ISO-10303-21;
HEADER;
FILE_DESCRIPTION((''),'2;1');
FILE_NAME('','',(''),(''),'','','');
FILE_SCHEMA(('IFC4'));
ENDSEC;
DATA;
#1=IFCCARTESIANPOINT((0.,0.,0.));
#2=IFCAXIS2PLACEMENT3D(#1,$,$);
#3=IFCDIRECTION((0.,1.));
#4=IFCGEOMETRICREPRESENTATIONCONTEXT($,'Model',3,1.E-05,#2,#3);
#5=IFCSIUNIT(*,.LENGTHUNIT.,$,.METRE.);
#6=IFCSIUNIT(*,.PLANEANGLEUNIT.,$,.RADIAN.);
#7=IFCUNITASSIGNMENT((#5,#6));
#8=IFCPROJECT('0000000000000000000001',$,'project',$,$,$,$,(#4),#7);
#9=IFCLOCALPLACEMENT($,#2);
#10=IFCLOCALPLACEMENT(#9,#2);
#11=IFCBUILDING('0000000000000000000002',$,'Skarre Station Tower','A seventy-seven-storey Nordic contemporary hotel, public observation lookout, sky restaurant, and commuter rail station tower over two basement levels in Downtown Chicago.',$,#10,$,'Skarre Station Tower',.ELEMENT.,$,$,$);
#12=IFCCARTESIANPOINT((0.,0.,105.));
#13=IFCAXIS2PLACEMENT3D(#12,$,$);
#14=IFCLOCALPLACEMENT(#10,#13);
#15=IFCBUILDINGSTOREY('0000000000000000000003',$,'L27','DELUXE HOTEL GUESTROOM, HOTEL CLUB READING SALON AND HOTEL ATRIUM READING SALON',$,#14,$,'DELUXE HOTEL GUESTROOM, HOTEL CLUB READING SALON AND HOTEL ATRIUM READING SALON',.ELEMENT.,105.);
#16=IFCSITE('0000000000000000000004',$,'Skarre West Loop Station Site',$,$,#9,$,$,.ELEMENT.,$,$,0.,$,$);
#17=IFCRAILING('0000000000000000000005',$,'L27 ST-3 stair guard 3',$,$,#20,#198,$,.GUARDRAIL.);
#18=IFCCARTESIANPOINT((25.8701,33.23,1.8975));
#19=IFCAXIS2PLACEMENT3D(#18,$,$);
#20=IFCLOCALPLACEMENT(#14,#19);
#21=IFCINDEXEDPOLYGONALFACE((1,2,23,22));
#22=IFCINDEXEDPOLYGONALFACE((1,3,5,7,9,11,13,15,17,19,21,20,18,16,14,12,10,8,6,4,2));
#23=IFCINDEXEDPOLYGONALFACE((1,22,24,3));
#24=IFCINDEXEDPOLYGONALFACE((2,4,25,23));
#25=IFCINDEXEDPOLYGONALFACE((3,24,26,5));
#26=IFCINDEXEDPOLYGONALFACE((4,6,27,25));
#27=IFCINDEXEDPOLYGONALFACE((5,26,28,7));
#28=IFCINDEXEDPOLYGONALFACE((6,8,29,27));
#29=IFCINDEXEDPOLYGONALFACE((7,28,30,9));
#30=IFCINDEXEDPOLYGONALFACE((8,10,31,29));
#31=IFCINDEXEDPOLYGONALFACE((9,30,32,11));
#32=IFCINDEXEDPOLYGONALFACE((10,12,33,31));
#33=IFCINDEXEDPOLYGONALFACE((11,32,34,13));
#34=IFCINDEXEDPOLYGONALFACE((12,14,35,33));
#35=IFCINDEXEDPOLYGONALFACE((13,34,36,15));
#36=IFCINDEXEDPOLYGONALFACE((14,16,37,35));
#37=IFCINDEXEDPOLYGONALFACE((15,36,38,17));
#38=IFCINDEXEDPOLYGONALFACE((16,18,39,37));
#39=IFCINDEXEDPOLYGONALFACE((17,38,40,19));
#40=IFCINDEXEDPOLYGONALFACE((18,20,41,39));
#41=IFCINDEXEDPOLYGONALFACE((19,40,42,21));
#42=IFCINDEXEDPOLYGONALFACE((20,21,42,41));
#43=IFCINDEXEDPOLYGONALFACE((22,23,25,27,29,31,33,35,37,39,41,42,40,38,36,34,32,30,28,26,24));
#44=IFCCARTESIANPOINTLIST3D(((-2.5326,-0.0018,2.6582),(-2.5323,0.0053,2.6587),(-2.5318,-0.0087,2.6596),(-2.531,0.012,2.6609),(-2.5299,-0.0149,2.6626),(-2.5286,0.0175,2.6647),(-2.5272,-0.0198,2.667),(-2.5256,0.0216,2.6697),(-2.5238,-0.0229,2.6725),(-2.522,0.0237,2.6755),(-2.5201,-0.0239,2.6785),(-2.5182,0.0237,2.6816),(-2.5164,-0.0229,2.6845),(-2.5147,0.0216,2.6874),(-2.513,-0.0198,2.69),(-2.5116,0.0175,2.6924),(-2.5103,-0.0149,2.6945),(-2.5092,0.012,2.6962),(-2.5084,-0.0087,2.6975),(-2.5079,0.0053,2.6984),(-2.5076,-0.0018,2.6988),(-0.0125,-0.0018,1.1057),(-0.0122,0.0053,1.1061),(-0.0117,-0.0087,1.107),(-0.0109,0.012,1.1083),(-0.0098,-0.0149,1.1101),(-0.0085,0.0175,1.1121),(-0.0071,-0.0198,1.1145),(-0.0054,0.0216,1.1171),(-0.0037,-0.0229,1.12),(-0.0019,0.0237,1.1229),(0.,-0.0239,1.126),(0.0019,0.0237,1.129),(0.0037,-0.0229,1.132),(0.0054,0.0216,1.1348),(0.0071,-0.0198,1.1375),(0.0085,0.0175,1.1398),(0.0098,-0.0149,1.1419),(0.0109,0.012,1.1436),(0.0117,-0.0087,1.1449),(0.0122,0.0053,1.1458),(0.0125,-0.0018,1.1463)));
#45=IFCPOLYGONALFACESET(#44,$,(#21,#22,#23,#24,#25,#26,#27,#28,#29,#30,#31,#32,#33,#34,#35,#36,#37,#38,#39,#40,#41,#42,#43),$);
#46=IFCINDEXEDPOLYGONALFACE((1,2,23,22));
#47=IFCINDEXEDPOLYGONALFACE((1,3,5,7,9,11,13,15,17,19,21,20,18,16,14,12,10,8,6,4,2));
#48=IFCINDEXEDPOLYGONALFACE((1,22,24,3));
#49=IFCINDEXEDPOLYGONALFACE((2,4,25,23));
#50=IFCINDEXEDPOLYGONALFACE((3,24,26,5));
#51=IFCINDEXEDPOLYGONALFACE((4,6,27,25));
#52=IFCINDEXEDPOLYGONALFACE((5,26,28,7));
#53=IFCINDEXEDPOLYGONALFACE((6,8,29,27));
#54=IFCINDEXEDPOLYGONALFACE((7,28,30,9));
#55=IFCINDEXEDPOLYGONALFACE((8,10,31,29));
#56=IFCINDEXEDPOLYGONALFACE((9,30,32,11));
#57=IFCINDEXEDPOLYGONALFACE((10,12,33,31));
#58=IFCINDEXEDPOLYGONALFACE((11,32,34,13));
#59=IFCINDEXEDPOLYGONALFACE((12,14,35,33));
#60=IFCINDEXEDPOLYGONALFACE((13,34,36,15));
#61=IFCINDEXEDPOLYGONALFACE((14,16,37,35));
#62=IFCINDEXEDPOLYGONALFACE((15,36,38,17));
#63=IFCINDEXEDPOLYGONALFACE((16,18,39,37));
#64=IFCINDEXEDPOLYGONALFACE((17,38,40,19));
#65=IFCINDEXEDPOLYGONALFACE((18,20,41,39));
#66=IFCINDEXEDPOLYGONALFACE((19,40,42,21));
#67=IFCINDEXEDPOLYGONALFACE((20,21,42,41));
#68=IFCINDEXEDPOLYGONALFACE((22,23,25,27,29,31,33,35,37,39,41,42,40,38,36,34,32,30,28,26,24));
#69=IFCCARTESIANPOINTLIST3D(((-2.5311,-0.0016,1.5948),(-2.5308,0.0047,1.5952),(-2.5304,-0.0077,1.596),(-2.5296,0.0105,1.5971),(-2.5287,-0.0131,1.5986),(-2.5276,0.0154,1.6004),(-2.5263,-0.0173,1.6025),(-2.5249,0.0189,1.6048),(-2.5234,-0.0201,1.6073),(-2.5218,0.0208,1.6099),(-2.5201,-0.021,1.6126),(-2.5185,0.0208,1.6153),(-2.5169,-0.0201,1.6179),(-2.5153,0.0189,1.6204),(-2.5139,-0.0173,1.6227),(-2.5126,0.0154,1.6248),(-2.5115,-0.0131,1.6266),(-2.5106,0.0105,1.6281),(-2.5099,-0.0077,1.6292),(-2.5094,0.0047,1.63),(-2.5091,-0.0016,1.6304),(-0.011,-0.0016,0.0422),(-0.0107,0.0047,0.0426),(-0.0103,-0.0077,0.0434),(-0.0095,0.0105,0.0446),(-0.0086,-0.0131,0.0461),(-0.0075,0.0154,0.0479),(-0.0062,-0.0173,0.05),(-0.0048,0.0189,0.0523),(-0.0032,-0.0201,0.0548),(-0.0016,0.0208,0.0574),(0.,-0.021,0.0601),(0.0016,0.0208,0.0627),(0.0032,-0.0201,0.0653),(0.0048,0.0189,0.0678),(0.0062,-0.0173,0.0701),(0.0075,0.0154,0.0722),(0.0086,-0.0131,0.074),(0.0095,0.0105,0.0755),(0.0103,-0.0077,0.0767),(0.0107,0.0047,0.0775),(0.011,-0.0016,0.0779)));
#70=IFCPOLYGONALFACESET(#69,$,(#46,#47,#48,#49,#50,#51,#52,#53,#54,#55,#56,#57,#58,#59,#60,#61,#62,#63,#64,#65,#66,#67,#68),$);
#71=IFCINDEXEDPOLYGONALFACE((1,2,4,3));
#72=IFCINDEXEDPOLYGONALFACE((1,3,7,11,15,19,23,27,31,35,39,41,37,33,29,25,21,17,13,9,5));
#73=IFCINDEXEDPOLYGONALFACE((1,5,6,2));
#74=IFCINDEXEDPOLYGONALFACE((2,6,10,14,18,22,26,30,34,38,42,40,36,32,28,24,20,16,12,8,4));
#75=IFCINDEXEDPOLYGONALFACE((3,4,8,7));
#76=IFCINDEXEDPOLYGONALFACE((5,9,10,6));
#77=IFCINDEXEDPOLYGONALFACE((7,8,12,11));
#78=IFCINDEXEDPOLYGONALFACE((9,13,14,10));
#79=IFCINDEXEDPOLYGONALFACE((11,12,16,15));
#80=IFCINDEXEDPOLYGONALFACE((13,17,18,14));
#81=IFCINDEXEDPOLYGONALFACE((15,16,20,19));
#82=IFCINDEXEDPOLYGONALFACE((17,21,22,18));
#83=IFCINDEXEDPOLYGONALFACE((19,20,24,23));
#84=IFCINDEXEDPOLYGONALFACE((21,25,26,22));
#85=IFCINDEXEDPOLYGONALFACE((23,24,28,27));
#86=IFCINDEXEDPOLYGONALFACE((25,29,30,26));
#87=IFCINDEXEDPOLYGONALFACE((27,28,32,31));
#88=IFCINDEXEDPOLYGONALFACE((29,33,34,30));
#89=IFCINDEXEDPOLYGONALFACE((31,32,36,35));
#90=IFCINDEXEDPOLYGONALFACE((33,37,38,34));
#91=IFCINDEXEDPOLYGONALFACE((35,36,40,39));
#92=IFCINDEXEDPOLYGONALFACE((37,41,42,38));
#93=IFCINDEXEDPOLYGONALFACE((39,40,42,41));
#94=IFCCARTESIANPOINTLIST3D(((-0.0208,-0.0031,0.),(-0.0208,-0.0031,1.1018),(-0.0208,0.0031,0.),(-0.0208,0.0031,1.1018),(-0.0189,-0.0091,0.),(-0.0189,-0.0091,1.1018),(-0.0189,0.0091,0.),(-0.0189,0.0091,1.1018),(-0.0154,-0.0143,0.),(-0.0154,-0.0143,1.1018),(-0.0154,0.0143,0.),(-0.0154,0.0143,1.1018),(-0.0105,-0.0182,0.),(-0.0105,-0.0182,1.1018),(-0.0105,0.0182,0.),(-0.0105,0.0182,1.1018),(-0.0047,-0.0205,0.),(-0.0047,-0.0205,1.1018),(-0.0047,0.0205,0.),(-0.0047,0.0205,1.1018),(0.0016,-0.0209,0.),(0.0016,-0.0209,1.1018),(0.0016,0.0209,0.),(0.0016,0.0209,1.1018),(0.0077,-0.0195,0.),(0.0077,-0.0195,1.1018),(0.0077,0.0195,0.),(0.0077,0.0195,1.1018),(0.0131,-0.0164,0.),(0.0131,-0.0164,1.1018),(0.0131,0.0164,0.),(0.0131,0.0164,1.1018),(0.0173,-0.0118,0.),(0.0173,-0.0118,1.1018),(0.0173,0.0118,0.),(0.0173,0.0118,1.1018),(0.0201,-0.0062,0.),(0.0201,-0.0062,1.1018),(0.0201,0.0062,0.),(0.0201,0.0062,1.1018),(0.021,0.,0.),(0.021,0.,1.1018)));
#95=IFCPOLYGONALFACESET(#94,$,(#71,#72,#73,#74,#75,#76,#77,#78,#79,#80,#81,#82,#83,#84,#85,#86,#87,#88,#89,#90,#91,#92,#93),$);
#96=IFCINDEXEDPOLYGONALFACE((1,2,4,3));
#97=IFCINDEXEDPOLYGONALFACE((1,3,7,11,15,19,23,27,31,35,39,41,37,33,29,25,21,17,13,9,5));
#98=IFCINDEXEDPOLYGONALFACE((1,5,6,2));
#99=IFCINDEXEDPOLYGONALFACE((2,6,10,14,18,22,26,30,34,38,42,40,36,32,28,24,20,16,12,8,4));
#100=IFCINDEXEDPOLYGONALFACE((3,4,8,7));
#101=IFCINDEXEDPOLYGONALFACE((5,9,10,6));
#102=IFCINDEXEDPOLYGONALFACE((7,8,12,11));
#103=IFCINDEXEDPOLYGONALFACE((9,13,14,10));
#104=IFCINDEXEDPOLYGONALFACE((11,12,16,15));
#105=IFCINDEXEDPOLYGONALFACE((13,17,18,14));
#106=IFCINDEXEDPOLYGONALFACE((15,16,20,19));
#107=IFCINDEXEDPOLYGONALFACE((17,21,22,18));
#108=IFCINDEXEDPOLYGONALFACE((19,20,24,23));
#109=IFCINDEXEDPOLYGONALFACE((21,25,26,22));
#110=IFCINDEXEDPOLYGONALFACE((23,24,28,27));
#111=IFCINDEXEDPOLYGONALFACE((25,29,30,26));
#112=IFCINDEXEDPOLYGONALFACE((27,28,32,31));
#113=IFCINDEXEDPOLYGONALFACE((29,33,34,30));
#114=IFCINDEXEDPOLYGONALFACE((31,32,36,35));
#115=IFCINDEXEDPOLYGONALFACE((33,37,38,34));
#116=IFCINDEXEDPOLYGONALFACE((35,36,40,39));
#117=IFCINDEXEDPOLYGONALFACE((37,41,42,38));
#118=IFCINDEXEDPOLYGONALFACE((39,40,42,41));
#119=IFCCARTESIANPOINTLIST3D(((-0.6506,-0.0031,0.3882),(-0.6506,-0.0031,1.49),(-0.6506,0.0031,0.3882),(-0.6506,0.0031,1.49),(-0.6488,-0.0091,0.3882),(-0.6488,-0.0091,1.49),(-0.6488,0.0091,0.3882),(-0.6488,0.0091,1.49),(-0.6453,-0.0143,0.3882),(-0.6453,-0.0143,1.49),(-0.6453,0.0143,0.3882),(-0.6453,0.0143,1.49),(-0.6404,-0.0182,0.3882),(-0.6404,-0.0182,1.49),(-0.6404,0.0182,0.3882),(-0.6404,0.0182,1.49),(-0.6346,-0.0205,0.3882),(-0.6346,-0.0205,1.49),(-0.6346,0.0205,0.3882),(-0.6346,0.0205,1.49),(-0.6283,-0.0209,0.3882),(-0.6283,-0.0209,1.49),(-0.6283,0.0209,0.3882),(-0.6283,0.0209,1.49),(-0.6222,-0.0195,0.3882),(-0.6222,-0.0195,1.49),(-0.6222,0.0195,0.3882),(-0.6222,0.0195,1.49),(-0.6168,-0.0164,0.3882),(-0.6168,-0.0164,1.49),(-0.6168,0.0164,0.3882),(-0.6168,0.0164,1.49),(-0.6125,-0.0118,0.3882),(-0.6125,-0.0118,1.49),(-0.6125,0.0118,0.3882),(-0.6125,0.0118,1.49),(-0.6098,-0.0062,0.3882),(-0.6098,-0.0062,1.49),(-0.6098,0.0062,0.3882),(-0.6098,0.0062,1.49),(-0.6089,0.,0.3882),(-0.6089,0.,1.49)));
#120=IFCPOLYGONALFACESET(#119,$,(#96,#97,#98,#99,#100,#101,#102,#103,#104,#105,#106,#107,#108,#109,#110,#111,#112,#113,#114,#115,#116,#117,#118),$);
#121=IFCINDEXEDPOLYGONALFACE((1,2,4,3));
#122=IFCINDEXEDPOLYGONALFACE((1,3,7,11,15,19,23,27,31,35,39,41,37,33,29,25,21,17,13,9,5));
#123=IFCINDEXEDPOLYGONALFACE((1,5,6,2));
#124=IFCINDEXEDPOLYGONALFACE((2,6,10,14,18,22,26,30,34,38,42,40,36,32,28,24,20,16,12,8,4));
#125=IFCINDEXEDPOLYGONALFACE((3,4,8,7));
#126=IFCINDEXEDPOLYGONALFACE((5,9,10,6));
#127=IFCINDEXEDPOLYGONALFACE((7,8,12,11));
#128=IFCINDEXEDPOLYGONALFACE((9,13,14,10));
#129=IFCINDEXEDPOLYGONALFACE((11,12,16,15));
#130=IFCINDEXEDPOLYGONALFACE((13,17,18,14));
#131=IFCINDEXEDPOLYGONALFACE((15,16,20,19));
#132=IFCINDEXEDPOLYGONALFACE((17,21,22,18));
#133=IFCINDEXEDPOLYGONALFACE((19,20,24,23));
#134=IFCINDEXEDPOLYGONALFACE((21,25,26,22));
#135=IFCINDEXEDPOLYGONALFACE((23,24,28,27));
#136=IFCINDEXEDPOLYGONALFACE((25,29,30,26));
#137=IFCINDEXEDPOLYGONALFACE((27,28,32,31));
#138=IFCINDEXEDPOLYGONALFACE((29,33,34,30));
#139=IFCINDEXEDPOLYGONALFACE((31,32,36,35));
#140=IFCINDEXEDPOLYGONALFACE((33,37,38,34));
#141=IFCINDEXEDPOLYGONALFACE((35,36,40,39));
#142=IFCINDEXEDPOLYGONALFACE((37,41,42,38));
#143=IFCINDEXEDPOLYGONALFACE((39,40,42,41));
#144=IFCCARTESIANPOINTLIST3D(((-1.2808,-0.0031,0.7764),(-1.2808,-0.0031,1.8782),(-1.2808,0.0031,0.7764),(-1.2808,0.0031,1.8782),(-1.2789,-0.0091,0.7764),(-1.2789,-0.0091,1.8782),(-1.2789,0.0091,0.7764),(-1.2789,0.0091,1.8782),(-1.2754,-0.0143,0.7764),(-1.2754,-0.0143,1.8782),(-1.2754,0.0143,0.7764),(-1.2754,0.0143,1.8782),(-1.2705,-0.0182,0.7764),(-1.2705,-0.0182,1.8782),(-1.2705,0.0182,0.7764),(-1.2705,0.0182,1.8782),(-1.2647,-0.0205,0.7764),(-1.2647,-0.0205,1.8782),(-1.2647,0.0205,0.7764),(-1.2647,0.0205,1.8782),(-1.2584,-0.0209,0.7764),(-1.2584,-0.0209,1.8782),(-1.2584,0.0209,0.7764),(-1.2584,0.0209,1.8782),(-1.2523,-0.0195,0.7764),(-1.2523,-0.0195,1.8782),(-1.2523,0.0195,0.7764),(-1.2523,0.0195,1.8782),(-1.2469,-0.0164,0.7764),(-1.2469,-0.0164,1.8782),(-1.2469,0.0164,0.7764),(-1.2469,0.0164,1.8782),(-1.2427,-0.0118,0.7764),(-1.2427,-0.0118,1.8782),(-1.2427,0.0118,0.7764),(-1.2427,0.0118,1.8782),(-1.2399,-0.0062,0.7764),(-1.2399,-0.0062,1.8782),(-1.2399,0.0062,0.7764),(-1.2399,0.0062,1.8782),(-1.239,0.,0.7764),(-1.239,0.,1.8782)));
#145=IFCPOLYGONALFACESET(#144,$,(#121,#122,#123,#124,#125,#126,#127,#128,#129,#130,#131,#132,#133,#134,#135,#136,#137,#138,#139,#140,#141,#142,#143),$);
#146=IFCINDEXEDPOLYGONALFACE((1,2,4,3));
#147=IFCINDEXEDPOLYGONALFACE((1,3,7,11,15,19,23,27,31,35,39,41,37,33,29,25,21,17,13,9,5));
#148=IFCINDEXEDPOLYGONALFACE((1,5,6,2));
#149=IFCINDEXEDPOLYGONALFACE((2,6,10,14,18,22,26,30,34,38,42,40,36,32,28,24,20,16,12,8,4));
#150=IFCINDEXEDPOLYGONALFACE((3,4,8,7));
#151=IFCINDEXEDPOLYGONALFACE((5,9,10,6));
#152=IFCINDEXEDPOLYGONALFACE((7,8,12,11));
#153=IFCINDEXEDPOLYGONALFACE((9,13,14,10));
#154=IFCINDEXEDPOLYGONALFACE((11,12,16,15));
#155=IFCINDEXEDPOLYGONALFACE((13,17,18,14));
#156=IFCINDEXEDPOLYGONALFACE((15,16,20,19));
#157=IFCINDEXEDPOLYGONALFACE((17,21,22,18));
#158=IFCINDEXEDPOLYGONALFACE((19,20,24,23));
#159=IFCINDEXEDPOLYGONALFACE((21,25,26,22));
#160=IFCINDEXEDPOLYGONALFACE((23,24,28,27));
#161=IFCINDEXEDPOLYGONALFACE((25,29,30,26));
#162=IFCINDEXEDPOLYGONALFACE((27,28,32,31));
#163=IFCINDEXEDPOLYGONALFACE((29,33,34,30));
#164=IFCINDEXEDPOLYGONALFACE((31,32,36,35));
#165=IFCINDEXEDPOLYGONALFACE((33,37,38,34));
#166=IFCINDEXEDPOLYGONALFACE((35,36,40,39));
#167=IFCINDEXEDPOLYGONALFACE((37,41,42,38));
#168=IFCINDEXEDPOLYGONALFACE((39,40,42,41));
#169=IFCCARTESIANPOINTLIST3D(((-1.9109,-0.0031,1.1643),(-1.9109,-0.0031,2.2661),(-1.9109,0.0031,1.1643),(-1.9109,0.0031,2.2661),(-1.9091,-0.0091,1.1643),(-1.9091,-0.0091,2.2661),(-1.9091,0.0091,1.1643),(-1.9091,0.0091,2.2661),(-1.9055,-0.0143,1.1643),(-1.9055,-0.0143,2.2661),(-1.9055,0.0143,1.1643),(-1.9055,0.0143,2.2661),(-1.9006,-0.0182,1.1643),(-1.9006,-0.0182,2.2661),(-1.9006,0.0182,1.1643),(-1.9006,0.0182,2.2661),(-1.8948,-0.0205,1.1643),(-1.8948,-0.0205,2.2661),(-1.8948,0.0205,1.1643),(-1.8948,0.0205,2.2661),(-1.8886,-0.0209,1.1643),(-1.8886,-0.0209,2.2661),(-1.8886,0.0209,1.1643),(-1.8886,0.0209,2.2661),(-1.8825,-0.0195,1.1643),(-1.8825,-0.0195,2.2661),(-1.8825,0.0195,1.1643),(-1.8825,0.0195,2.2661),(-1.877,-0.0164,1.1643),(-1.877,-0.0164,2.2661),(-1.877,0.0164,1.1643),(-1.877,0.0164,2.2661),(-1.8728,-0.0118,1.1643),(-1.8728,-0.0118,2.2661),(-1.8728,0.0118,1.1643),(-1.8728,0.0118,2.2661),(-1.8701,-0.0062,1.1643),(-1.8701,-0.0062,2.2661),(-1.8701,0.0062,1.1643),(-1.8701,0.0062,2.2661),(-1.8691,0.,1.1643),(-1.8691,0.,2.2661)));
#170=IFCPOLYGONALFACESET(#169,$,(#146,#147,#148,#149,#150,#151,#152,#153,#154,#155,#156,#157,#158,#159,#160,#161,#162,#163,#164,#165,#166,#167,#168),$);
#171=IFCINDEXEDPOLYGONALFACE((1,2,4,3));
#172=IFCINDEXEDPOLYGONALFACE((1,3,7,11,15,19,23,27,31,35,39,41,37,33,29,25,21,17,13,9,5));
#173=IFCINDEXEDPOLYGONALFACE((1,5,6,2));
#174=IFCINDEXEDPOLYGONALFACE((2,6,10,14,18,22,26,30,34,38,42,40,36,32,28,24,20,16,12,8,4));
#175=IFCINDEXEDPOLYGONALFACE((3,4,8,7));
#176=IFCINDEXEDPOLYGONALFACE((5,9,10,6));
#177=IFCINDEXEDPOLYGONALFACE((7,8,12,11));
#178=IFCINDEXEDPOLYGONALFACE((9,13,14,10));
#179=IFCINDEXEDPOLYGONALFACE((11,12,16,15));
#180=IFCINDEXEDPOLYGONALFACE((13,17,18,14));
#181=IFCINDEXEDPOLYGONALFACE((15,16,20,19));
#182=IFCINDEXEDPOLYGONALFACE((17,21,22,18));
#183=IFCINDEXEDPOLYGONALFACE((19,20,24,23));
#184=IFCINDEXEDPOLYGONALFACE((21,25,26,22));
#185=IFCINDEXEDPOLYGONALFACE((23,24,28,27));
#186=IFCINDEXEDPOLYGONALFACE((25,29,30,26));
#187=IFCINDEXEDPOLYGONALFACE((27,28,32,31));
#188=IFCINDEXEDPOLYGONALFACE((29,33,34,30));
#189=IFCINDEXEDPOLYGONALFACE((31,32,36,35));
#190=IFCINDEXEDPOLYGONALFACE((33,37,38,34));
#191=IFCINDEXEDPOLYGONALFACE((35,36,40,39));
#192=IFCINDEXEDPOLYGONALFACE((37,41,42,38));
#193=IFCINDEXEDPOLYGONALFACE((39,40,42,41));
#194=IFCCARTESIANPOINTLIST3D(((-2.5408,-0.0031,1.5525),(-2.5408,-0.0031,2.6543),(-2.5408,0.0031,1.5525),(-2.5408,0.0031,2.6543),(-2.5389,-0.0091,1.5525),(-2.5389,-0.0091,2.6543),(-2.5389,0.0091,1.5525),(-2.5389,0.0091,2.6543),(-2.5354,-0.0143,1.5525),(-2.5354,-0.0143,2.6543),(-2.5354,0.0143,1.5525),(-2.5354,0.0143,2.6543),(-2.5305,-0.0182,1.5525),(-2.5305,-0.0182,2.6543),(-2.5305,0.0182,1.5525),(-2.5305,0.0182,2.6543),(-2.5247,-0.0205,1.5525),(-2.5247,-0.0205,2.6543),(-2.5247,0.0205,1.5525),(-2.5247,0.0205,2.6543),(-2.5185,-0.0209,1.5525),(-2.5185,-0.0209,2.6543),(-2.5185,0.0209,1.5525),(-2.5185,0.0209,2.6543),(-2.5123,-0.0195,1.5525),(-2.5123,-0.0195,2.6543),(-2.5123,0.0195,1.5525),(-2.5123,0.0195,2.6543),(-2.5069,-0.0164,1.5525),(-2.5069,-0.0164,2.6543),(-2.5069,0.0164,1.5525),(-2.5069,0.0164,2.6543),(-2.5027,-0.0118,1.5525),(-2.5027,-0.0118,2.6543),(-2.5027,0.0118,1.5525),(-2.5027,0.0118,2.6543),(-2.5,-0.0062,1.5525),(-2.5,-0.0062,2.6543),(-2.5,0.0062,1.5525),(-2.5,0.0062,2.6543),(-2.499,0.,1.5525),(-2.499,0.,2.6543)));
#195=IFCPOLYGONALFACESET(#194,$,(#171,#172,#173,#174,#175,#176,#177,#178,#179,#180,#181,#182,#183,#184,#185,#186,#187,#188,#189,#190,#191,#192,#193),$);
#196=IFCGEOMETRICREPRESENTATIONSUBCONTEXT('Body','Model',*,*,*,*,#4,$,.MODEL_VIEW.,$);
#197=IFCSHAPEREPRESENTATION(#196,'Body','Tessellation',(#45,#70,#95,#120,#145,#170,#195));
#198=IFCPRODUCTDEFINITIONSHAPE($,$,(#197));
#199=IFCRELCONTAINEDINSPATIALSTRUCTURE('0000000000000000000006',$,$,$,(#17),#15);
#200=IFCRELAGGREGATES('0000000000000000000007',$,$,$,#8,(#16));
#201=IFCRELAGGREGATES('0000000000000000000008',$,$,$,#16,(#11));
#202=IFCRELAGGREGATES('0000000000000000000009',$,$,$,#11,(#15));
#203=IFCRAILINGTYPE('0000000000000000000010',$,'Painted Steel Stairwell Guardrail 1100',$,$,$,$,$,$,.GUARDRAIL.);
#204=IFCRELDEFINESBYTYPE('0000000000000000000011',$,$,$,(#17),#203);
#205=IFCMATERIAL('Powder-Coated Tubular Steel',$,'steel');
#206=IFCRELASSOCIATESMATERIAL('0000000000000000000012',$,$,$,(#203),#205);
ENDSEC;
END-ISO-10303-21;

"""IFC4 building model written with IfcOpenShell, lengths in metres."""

from ifc_helpers import new_model, si_unit, direction, frame, origin, origin_2d, place, context, subcontext, project, spatial, circle, extrude, material, type_object, element, save


model = new_model("IFC4")

# Units and contexts
model_context = context("Model", 3, precision=1e-05, world=origin(), true_north=direction((0.0, 1.0)))
body_context = subcontext(model_context, "Body", "Model", "MODEL_VIEW")
ifc_project = project(units=[si_unit("LENGTHUNIT", "METRE"), si_unit("PLANEANGLEUNIT", "RADIAN")], contexts=[model_context])

# Site, building, storey
site_placement = place(None, origin())
site = spatial("IfcSite", under=ifc_project, at=site_placement, Name="Skarre West Loop Station Site", CompositionType="ELEMENT", RefElevation=0.0)
building_placement = place(site_placement, origin())
building = spatial("IfcBuilding", under=site, at=building_placement, Name="Skarre Station Tower", Description="A seventy-seven-storey Nordic contemporary hotel, public observation lookout, sky restaurant, and commuter rail station tower over two basement levels in Downtown Chicago.", LongName="Skarre Station Tower", CompositionType="ELEMENT")
storey_placement = place(building_placement, frame((0.0, 0.0, 105.0)))
storey = spatial("IfcBuildingStorey", under=building, at=storey_placement, Name="L27", Description="DELUXE HOTEL GUESTROOM, HOTEL CLUB READING SALON AND HOTEL ATRIUM READING SALON", LongName="DELUXE HOTEL GUESTROOM, HOTEL CLUB READING SALON AND HOTEL ATRIUM READING SALON", CompositionType="ELEMENT", Elevation=105.0)

# Railing
ifc_material_1 = material(Name="Powder-Coated Tubular Steel", Category="steel")
railing_type_1 = type_object("IfcRailingType", Name="Painted Steel Stairwell Guardrail 1100", PredefinedType="GUARDRAIL", material=ifc_material_1)
railing_1_placement = place(storey_placement, frame((25.8701, 33.23, 1.8975)))
element("IfcRailing", 1, at=railing_1_placement, inside=storey, type_object=railing_type_1, Name="L27 ST-3 stair guard 3", PredefinedType="GUARDRAIL", context=body_context, shape_type="SweptSolid", body=[
    extrude(circle(Radius=0.0239, at=origin_2d()), frame((0.0, 0.0, 1.126), z_axis=(-0.8514, 0.0, 0.524516), x_axis=(0.0, -1.0, 0.0)), (0.0, 0.0, 1.0), 2.96),
    extrude(circle(Radius=0.021, at=origin_2d()), frame((0.0, 0.0, 0.0601), z_axis=(-0.8514, 0.0, 0.524516), x_axis=(0.0, -1.0, 0.0)), (0.0, 0.0, 1.0), 2.96),
    extrude(circle(Radius=0.021, at=origin_2d()), origin(), (0.0, 0.0, 1.0), 1.1018),
    extrude(circle(Radius=0.021, at=origin_2d()), frame((-0.6299, 0.0, 0.3882)), (0.0, 0.0, 1.0), 1.1018),
    extrude(circle(Radius=0.021, at=origin_2d()), frame((-1.26, 0.0, 0.7764)), (0.0, 0.0, 1.0), 1.1018),
    extrude(circle(Radius=0.021, at=origin_2d()), frame((-1.8901, 0.0, 1.1643)), (0.0, 0.0, 1.0), 1.1018),
    extrude(circle(Radius=0.021, at=origin_2d()), frame((-2.52, 0.0, 1.5525)), (0.0, 0.0, 1.0), 1.1018),
])

save(model, "model.ifc")
